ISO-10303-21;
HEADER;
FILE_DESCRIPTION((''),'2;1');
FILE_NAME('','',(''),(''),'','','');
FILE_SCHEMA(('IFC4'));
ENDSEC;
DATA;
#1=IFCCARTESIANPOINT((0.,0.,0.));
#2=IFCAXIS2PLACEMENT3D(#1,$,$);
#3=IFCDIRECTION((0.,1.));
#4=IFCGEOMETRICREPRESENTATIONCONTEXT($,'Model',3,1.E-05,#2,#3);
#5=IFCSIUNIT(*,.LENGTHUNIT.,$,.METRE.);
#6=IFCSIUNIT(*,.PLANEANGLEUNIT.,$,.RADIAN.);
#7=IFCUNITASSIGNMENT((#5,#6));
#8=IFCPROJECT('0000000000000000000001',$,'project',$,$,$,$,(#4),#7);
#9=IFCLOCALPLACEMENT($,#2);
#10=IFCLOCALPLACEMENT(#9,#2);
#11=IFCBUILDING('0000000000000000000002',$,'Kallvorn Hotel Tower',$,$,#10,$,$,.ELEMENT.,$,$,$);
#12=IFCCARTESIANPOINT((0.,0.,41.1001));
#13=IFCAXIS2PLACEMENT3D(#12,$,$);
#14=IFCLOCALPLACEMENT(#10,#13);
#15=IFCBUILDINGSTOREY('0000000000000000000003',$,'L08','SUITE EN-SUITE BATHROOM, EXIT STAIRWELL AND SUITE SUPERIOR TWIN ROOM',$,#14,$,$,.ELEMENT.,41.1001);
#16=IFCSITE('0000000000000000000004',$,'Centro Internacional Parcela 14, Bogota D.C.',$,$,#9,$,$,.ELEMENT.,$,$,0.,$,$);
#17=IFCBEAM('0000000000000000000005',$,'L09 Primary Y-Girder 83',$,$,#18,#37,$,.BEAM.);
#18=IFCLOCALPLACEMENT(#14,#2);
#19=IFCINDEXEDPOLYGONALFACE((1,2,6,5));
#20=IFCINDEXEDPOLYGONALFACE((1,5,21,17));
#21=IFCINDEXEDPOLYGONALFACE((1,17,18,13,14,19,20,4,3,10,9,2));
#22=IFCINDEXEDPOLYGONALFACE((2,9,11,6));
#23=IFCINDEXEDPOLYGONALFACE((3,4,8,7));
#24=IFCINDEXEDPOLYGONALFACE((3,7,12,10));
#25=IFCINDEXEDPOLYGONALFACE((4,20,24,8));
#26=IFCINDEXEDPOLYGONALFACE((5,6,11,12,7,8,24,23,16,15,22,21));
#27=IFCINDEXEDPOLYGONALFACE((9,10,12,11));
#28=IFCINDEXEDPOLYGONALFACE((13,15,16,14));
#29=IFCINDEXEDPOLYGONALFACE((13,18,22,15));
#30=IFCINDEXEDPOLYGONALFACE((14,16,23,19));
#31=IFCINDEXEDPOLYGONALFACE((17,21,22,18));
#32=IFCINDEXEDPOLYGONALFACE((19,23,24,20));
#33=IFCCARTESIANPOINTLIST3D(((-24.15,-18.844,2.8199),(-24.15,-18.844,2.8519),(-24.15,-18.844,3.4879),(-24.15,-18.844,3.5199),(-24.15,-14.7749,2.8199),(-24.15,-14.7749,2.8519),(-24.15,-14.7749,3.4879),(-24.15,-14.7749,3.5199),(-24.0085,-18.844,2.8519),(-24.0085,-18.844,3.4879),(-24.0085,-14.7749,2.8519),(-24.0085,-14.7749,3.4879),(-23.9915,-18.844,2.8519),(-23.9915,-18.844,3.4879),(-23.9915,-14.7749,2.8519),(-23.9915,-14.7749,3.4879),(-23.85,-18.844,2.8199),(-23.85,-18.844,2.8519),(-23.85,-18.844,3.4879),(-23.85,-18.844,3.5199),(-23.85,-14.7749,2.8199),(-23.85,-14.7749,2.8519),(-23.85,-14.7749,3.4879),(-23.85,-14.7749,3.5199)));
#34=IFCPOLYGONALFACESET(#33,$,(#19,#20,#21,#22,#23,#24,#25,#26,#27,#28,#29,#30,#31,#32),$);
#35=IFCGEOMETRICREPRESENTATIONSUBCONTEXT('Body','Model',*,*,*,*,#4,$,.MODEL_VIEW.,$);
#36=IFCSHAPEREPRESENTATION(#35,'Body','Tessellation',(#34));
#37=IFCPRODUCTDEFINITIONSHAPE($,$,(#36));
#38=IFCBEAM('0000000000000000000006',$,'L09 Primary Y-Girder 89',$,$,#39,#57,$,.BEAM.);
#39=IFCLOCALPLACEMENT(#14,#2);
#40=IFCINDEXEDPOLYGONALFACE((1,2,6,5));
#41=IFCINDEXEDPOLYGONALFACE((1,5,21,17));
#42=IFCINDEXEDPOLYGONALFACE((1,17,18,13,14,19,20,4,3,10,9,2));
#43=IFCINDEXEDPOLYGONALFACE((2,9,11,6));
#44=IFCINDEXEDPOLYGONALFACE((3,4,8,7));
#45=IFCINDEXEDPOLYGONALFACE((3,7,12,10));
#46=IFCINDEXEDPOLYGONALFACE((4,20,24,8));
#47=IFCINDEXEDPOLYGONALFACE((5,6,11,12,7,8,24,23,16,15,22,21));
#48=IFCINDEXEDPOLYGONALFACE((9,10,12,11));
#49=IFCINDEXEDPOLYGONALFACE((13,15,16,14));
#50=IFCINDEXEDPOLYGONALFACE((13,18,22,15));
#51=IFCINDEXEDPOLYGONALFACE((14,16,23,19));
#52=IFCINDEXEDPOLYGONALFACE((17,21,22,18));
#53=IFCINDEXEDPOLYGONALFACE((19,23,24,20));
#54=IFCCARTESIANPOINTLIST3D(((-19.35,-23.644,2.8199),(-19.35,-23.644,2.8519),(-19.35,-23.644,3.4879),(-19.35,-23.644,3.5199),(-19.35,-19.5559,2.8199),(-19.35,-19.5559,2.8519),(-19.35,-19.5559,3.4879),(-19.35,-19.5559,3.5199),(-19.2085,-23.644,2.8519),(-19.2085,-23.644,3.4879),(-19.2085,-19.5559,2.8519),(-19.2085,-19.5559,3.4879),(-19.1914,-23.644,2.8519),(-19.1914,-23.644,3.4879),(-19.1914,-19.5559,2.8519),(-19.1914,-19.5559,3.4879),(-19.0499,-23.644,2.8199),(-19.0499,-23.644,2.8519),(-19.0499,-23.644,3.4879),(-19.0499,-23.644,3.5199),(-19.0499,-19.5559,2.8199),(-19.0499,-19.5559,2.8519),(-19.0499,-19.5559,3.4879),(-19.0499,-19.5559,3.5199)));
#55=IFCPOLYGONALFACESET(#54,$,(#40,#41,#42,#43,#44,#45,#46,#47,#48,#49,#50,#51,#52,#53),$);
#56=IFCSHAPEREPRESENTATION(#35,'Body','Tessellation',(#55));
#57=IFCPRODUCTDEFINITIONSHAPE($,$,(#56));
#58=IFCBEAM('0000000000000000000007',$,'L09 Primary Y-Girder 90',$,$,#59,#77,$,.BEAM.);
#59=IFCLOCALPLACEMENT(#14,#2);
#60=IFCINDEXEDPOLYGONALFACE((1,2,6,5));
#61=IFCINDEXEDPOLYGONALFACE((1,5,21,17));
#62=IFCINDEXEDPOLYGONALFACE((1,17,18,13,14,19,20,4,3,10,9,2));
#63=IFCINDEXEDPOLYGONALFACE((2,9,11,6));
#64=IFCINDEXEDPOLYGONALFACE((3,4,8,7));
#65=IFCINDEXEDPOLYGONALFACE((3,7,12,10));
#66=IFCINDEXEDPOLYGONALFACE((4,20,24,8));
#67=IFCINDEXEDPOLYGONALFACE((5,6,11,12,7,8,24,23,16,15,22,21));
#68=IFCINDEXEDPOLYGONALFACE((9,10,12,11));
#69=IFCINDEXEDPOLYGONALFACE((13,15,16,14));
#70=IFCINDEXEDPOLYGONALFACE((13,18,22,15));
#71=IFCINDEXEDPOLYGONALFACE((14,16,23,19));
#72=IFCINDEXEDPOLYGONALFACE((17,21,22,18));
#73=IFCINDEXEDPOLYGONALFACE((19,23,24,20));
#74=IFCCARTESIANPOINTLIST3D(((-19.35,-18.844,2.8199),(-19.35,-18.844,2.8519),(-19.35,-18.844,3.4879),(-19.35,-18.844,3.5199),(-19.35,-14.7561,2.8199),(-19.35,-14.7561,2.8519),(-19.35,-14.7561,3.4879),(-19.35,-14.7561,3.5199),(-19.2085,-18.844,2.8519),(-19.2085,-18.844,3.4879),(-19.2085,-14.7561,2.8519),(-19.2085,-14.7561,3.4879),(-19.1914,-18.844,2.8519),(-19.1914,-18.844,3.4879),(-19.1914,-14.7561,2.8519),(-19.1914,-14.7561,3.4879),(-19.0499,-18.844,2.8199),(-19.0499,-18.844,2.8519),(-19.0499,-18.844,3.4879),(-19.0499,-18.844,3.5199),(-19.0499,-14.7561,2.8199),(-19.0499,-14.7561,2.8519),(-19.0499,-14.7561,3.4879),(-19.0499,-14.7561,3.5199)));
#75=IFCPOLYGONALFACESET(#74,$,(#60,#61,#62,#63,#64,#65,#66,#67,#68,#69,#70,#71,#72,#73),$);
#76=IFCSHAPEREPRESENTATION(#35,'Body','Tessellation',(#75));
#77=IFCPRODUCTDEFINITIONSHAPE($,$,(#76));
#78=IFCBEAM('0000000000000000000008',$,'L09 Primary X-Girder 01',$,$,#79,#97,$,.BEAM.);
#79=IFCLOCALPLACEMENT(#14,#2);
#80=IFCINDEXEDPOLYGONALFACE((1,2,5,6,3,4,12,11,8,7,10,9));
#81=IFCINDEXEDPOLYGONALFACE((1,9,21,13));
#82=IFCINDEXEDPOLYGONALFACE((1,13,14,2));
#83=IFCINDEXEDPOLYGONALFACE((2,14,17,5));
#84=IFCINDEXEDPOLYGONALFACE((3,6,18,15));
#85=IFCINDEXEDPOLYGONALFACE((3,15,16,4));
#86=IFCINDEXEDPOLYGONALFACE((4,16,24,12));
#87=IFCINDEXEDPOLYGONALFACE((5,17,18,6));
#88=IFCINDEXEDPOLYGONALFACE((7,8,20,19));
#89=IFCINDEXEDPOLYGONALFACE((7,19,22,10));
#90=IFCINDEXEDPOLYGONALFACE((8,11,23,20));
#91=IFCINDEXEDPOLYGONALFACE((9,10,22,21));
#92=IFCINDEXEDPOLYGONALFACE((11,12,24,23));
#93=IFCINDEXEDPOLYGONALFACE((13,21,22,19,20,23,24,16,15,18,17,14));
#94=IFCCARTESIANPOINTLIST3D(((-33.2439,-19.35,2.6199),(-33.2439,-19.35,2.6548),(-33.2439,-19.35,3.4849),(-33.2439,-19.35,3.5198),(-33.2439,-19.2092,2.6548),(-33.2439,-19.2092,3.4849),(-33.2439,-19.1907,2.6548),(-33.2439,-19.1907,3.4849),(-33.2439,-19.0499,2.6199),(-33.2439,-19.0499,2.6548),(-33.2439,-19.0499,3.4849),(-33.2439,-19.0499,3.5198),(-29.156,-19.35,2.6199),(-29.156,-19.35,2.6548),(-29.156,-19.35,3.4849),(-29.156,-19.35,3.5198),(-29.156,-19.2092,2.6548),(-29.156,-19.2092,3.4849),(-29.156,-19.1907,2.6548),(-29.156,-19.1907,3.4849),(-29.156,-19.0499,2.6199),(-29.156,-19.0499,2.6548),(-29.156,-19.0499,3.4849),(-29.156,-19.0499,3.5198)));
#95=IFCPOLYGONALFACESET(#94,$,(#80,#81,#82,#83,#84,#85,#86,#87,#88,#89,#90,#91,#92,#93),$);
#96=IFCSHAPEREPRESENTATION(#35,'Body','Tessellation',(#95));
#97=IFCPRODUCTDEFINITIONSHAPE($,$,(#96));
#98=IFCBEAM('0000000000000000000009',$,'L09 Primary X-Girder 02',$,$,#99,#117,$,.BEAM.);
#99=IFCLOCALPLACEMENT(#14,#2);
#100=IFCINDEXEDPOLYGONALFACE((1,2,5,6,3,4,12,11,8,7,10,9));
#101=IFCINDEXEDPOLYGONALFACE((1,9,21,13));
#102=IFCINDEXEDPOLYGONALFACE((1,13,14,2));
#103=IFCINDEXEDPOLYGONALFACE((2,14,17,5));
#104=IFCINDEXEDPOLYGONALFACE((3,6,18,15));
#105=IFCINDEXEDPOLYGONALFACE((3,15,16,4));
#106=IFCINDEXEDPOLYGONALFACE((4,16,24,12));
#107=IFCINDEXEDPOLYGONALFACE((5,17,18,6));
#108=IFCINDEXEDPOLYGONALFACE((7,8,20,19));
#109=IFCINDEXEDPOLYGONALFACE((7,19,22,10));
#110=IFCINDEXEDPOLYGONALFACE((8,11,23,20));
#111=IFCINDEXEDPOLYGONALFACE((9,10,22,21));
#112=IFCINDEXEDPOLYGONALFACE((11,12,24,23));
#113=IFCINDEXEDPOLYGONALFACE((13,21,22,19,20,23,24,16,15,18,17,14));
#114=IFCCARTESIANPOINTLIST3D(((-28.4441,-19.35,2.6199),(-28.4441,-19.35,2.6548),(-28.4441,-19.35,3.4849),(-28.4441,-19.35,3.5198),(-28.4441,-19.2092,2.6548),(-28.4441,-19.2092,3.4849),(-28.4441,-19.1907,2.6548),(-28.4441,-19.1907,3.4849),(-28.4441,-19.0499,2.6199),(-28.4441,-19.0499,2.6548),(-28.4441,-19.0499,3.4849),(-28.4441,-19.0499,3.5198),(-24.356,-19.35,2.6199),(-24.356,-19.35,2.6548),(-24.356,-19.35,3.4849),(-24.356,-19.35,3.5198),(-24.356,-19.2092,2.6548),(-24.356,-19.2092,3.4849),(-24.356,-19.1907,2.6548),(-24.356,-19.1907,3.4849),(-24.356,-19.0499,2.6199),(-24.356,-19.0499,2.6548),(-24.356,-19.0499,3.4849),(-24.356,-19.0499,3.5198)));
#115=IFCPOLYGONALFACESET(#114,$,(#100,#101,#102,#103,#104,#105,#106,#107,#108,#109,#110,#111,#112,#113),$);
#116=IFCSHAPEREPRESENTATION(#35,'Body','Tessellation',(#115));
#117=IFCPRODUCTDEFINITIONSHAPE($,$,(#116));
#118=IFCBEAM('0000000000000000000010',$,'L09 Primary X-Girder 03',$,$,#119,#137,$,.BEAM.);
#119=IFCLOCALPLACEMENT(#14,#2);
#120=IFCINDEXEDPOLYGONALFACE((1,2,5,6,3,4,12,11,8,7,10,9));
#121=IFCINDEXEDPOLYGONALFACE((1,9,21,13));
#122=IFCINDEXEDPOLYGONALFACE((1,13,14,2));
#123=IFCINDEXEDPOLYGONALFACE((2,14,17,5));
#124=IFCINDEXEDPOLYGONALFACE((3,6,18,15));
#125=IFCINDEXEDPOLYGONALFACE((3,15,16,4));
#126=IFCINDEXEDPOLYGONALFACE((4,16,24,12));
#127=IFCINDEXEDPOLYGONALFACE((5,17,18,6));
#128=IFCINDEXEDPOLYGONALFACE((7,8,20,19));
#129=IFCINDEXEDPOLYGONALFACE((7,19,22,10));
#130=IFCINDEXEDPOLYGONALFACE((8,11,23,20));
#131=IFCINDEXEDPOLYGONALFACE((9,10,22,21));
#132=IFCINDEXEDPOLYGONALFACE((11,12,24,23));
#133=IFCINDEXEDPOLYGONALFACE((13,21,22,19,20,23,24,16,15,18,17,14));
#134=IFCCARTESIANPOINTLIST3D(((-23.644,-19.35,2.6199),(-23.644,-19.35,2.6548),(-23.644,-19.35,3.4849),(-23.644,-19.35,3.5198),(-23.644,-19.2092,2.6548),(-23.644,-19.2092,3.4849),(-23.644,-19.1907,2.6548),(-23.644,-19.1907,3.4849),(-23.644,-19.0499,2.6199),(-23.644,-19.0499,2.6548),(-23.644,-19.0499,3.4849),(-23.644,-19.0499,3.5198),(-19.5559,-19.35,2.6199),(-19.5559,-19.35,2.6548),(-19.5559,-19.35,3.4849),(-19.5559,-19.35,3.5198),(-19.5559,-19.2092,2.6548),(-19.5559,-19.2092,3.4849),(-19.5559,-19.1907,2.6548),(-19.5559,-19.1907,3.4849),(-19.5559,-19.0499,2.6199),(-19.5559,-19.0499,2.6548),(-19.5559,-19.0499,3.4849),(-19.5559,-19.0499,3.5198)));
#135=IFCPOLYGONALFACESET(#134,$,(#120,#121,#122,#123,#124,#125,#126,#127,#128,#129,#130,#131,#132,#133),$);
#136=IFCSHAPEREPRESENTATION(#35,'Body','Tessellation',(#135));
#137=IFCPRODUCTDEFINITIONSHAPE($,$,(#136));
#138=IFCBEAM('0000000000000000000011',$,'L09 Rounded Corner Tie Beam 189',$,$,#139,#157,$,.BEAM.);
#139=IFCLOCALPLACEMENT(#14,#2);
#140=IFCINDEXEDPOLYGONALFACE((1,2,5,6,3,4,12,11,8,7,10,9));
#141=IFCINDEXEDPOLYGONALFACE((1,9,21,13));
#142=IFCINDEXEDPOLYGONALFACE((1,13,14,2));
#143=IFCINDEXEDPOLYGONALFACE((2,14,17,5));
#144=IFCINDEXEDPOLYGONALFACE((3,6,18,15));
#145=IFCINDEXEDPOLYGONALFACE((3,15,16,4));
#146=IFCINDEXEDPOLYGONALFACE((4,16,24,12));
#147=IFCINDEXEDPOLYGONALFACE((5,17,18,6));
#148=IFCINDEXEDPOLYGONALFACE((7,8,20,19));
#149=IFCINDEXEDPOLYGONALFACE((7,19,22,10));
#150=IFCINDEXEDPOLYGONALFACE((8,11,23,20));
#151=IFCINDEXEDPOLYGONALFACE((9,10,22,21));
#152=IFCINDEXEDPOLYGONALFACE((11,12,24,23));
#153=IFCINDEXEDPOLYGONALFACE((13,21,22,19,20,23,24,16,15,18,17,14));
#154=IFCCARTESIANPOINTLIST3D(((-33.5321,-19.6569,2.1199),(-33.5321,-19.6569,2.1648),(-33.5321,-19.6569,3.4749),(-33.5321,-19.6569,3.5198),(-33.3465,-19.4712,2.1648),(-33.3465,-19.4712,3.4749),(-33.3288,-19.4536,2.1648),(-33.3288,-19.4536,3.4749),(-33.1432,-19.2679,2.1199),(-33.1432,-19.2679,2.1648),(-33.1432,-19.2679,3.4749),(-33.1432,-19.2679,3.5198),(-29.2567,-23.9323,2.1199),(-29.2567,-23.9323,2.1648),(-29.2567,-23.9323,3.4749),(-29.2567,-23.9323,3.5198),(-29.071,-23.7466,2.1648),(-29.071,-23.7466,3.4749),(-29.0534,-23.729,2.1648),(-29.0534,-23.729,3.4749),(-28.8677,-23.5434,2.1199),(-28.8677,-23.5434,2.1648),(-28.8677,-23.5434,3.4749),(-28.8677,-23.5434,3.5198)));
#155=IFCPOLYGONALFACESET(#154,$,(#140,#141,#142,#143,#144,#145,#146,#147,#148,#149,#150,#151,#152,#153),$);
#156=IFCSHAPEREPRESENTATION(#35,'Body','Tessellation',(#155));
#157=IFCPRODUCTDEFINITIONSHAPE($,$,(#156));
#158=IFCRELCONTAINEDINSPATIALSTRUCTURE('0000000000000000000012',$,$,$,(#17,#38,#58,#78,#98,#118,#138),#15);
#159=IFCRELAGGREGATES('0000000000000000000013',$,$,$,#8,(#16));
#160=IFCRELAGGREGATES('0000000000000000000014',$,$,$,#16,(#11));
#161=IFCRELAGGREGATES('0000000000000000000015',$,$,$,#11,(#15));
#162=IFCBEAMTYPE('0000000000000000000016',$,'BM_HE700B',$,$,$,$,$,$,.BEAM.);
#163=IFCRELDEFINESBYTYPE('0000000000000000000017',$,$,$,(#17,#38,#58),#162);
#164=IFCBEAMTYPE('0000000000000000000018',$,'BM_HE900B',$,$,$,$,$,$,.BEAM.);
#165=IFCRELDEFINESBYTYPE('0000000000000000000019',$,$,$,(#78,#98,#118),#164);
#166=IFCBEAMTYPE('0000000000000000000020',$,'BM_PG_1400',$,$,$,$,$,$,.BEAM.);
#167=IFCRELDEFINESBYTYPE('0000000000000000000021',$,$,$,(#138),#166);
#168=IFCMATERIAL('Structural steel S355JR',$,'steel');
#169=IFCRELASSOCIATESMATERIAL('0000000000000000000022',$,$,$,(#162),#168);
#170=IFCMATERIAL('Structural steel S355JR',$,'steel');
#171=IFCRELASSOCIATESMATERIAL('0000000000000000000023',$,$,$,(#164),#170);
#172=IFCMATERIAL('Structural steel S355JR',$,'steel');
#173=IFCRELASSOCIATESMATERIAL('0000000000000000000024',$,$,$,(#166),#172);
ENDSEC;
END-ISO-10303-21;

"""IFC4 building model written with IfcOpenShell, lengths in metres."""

from ifc_helpers import new_model, si_unit, direction, frame, origin, origin_2d, place, context, subcontext, project, spatial, i_section, extrude, material, material_profile, profile_set, type_object, element, save


model = new_model("IFC4")

# Units and contexts
model_context = context("Model", 3, precision=1e-05, world=origin(), true_north=direction((0.0, 1.0)))
body_context = subcontext(model_context, "Body", "Model", "MODEL_VIEW")
ifc_project = project(units=[si_unit("LENGTHUNIT", "METRE"), si_unit("PLANEANGLEUNIT", "RADIAN")], contexts=[model_context])

# Site, building, storey
site_placement = place(None, origin())
site = spatial("IfcSite", under=ifc_project, at=site_placement, Name="Centro Internacional Parcela 14, Bogota D.C.", CompositionType="ELEMENT", RefElevation=0.0)
building_placement = place(site_placement, origin())
building = spatial("IfcBuilding", under=site, at=building_placement, Name="Kallvorn Hotel Tower", CompositionType="ELEMENT")
storey_placement = place(building_placement, frame((0.0, 0.0, 41.1001)))
storey = spatial("IfcBuildingStorey", under=building, at=storey_placement, Name="L08", Description="SUITE EN-SUITE BATHROOM, EXIT STAIRWELL AND SUITE SUPERIOR TWIN ROOM", CompositionType="ELEMENT", Elevation=41.1001)

# Beams
ifc_material_1 = material(Name="Structural steel S355JR", Category="steel")
ifc_material_profile_1 = material_profile(ifc_material_1, i_section(OverallWidth=0.3, OverallDepth=0.7, WebThickness=0.0171, FlangeThickness=0.032, at=origin_2d()), Name="HE 700 B")
ifc_profile_set_1 = profile_set([ifc_material_profile_1], Name="Structural steel S355JR")
beam_type_1 = type_object("IfcBeamType", Name="BM_HE700B", PredefinedType="BEAM", material=ifc_profile_set_1)
beam_1_placement = place(storey_placement, frame((-24.0, -18.844, 3.1699), z_axis=(0.0, 1.0, 0.0), x_axis=(-1.0, 0.0, 0.0)))
element("IfcBeam", 1, at=beam_1_placement, inside=storey, type_object=beam_type_1, Name="L09 Primary Y-Girder 83", PredefinedType="BEAM", context=body_context, shape_type="SweptSolid", body=[
    extrude(i_section(OverallWidth=0.3, OverallDepth=0.7, WebThickness=0.0171, FlangeThickness=0.032, at=origin_2d()), origin(), (0.0, 0.0, 1.0), 4.0691),
])
beam_2_placement = place(storey_placement, frame((-19.2, -23.644, 3.1699), z_axis=(0.0, 1.0, 0.0), x_axis=(-1.0, 0.0, 0.0)))
element("IfcBeam", 2, at=beam_2_placement, inside=storey, type_object=beam_type_1, Name="L09 Primary Y-Girder 89", PredefinedType="BEAM", context=body_context, shape_type="SweptSolid", body=[
    extrude(i_section(OverallWidth=0.3, OverallDepth=0.7, WebThickness=0.0171, FlangeThickness=0.032, at=origin_2d()), origin(), (0.0, 0.0, 1.0), 4.0881),
])
beam_3_placement = place(storey_placement, frame((-19.2, -18.844, 3.1699), z_axis=(0.0, 1.0, 0.0), x_axis=(-1.0, 0.0, 0.0)))
element("IfcBeam", 3, at=beam_3_placement, inside=storey, type_object=beam_type_1, Name="L09 Primary Y-Girder 90", PredefinedType="BEAM", context=body_context, shape_type="SweptSolid", body=[
    extrude(i_section(OverallWidth=0.3, OverallDepth=0.7, WebThickness=0.0171, FlangeThickness=0.032, at=origin_2d()), origin(), (0.0, 0.0, 1.0), 4.0879),
])
ifc_material_2 = material(Name="Structural steel S355JR", Category="steel")
ifc_material_profile_2 = material_profile(ifc_material_2, i_section(OverallWidth=0.3, OverallDepth=0.8999, WebThickness=0.0186, FlangeThickness=0.0349, at=origin_2d()), Name="HE 900 B")
ifc_profile_set_2 = profile_set([ifc_material_profile_2], Name="Structural steel S355JR")
beam_type_2 = type_object("IfcBeamType", Name="BM_HE900B", PredefinedType="BEAM", material=ifc_profile_set_2)
beam_4_placement = place(storey_placement, frame((-33.2439, -19.2, 3.0698), z_axis=(1.0, 0.0, 0.0), x_axis=(0.0, 1.0, 0.0)))
element("IfcBeam", 4, at=beam_4_placement, inside=storey, type_object=beam_type_2, Name="L09 Primary X-Girder 01", PredefinedType="BEAM", context=body_context, shape_type="SweptSolid", body=[
    extrude(i_section(OverallWidth=0.3, OverallDepth=0.8999, WebThickness=0.0186, FlangeThickness=0.0349, at=origin_2d()), origin(), (0.0, 0.0, 1.0), 4.0879),
])
for number, where, z_axis, x_axis, name in (
    (5, (-28.4441, -19.2, 3.0698), (1.0, 0.0, 0.0), (0.0, 1.0, 0.0), "L09 Primary X-Girder 02"),
    (6, (-23.644, -19.2, 3.0698), (1.0, 0.0, 0.0), (0.0, 1.0, 0.0), "L09 Primary X-Girder 03"),
):
    element("IfcBeam", number, at=place(storey_placement, frame(where, z_axis=z_axis, x_axis=x_axis)), inside=storey, type_object=beam_type_2, Name=name, PredefinedType="BEAM", context=body_context, shape_type="SweptSolid", body=[
        extrude(i_section(OverallWidth=0.3, OverallDepth=0.8999, WebThickness=0.0186, FlangeThickness=0.0349, at=origin_2d()), origin(), (0.0, 0.0, 1.0), 4.0881),
    ])
ifc_material_3 = material(Name="Structural steel S355JR", Category="steel")
ifc_material_profile_3 = material_profile(ifc_material_3, i_section(OverallWidth=0.55, OverallDepth=1.3999, WebThickness=0.0249, FlangeThickness=0.0449, at=origin_2d()), Name="PG 1400x550x25x45")
ifc_profile_set_3 = profile_set([ifc_material_profile_3], Name="Structural steel S355JR")
beam_type_3 = type_object("IfcBeamType", Name="BM_PG_1400", PredefinedType="BEAM", material=ifc_profile_set_3)
beam_5_placement = place(storey_placement, frame((-33.3376, -19.4624, 2.8198), z_axis=(0.707107, -0.707107, 0.0), x_axis=(0.707107, 0.707107, 0.0)))
element("IfcBeam", 7, at=beam_5_placement, inside=storey, type_object=beam_type_3, Name="L09 Rounded Corner Tie Beam 189", PredefinedType="BEAM", context=body_context, shape_type="SweptSolid", body=[
    extrude(i_section(OverallWidth=0.55, OverallDepth=1.3999, WebThickness=0.0249, FlangeThickness=0.0449, at=origin_2d()), origin(), (0.0, 0.0, 1.0), 6.0464),
])

save(model, "model.ifc")
